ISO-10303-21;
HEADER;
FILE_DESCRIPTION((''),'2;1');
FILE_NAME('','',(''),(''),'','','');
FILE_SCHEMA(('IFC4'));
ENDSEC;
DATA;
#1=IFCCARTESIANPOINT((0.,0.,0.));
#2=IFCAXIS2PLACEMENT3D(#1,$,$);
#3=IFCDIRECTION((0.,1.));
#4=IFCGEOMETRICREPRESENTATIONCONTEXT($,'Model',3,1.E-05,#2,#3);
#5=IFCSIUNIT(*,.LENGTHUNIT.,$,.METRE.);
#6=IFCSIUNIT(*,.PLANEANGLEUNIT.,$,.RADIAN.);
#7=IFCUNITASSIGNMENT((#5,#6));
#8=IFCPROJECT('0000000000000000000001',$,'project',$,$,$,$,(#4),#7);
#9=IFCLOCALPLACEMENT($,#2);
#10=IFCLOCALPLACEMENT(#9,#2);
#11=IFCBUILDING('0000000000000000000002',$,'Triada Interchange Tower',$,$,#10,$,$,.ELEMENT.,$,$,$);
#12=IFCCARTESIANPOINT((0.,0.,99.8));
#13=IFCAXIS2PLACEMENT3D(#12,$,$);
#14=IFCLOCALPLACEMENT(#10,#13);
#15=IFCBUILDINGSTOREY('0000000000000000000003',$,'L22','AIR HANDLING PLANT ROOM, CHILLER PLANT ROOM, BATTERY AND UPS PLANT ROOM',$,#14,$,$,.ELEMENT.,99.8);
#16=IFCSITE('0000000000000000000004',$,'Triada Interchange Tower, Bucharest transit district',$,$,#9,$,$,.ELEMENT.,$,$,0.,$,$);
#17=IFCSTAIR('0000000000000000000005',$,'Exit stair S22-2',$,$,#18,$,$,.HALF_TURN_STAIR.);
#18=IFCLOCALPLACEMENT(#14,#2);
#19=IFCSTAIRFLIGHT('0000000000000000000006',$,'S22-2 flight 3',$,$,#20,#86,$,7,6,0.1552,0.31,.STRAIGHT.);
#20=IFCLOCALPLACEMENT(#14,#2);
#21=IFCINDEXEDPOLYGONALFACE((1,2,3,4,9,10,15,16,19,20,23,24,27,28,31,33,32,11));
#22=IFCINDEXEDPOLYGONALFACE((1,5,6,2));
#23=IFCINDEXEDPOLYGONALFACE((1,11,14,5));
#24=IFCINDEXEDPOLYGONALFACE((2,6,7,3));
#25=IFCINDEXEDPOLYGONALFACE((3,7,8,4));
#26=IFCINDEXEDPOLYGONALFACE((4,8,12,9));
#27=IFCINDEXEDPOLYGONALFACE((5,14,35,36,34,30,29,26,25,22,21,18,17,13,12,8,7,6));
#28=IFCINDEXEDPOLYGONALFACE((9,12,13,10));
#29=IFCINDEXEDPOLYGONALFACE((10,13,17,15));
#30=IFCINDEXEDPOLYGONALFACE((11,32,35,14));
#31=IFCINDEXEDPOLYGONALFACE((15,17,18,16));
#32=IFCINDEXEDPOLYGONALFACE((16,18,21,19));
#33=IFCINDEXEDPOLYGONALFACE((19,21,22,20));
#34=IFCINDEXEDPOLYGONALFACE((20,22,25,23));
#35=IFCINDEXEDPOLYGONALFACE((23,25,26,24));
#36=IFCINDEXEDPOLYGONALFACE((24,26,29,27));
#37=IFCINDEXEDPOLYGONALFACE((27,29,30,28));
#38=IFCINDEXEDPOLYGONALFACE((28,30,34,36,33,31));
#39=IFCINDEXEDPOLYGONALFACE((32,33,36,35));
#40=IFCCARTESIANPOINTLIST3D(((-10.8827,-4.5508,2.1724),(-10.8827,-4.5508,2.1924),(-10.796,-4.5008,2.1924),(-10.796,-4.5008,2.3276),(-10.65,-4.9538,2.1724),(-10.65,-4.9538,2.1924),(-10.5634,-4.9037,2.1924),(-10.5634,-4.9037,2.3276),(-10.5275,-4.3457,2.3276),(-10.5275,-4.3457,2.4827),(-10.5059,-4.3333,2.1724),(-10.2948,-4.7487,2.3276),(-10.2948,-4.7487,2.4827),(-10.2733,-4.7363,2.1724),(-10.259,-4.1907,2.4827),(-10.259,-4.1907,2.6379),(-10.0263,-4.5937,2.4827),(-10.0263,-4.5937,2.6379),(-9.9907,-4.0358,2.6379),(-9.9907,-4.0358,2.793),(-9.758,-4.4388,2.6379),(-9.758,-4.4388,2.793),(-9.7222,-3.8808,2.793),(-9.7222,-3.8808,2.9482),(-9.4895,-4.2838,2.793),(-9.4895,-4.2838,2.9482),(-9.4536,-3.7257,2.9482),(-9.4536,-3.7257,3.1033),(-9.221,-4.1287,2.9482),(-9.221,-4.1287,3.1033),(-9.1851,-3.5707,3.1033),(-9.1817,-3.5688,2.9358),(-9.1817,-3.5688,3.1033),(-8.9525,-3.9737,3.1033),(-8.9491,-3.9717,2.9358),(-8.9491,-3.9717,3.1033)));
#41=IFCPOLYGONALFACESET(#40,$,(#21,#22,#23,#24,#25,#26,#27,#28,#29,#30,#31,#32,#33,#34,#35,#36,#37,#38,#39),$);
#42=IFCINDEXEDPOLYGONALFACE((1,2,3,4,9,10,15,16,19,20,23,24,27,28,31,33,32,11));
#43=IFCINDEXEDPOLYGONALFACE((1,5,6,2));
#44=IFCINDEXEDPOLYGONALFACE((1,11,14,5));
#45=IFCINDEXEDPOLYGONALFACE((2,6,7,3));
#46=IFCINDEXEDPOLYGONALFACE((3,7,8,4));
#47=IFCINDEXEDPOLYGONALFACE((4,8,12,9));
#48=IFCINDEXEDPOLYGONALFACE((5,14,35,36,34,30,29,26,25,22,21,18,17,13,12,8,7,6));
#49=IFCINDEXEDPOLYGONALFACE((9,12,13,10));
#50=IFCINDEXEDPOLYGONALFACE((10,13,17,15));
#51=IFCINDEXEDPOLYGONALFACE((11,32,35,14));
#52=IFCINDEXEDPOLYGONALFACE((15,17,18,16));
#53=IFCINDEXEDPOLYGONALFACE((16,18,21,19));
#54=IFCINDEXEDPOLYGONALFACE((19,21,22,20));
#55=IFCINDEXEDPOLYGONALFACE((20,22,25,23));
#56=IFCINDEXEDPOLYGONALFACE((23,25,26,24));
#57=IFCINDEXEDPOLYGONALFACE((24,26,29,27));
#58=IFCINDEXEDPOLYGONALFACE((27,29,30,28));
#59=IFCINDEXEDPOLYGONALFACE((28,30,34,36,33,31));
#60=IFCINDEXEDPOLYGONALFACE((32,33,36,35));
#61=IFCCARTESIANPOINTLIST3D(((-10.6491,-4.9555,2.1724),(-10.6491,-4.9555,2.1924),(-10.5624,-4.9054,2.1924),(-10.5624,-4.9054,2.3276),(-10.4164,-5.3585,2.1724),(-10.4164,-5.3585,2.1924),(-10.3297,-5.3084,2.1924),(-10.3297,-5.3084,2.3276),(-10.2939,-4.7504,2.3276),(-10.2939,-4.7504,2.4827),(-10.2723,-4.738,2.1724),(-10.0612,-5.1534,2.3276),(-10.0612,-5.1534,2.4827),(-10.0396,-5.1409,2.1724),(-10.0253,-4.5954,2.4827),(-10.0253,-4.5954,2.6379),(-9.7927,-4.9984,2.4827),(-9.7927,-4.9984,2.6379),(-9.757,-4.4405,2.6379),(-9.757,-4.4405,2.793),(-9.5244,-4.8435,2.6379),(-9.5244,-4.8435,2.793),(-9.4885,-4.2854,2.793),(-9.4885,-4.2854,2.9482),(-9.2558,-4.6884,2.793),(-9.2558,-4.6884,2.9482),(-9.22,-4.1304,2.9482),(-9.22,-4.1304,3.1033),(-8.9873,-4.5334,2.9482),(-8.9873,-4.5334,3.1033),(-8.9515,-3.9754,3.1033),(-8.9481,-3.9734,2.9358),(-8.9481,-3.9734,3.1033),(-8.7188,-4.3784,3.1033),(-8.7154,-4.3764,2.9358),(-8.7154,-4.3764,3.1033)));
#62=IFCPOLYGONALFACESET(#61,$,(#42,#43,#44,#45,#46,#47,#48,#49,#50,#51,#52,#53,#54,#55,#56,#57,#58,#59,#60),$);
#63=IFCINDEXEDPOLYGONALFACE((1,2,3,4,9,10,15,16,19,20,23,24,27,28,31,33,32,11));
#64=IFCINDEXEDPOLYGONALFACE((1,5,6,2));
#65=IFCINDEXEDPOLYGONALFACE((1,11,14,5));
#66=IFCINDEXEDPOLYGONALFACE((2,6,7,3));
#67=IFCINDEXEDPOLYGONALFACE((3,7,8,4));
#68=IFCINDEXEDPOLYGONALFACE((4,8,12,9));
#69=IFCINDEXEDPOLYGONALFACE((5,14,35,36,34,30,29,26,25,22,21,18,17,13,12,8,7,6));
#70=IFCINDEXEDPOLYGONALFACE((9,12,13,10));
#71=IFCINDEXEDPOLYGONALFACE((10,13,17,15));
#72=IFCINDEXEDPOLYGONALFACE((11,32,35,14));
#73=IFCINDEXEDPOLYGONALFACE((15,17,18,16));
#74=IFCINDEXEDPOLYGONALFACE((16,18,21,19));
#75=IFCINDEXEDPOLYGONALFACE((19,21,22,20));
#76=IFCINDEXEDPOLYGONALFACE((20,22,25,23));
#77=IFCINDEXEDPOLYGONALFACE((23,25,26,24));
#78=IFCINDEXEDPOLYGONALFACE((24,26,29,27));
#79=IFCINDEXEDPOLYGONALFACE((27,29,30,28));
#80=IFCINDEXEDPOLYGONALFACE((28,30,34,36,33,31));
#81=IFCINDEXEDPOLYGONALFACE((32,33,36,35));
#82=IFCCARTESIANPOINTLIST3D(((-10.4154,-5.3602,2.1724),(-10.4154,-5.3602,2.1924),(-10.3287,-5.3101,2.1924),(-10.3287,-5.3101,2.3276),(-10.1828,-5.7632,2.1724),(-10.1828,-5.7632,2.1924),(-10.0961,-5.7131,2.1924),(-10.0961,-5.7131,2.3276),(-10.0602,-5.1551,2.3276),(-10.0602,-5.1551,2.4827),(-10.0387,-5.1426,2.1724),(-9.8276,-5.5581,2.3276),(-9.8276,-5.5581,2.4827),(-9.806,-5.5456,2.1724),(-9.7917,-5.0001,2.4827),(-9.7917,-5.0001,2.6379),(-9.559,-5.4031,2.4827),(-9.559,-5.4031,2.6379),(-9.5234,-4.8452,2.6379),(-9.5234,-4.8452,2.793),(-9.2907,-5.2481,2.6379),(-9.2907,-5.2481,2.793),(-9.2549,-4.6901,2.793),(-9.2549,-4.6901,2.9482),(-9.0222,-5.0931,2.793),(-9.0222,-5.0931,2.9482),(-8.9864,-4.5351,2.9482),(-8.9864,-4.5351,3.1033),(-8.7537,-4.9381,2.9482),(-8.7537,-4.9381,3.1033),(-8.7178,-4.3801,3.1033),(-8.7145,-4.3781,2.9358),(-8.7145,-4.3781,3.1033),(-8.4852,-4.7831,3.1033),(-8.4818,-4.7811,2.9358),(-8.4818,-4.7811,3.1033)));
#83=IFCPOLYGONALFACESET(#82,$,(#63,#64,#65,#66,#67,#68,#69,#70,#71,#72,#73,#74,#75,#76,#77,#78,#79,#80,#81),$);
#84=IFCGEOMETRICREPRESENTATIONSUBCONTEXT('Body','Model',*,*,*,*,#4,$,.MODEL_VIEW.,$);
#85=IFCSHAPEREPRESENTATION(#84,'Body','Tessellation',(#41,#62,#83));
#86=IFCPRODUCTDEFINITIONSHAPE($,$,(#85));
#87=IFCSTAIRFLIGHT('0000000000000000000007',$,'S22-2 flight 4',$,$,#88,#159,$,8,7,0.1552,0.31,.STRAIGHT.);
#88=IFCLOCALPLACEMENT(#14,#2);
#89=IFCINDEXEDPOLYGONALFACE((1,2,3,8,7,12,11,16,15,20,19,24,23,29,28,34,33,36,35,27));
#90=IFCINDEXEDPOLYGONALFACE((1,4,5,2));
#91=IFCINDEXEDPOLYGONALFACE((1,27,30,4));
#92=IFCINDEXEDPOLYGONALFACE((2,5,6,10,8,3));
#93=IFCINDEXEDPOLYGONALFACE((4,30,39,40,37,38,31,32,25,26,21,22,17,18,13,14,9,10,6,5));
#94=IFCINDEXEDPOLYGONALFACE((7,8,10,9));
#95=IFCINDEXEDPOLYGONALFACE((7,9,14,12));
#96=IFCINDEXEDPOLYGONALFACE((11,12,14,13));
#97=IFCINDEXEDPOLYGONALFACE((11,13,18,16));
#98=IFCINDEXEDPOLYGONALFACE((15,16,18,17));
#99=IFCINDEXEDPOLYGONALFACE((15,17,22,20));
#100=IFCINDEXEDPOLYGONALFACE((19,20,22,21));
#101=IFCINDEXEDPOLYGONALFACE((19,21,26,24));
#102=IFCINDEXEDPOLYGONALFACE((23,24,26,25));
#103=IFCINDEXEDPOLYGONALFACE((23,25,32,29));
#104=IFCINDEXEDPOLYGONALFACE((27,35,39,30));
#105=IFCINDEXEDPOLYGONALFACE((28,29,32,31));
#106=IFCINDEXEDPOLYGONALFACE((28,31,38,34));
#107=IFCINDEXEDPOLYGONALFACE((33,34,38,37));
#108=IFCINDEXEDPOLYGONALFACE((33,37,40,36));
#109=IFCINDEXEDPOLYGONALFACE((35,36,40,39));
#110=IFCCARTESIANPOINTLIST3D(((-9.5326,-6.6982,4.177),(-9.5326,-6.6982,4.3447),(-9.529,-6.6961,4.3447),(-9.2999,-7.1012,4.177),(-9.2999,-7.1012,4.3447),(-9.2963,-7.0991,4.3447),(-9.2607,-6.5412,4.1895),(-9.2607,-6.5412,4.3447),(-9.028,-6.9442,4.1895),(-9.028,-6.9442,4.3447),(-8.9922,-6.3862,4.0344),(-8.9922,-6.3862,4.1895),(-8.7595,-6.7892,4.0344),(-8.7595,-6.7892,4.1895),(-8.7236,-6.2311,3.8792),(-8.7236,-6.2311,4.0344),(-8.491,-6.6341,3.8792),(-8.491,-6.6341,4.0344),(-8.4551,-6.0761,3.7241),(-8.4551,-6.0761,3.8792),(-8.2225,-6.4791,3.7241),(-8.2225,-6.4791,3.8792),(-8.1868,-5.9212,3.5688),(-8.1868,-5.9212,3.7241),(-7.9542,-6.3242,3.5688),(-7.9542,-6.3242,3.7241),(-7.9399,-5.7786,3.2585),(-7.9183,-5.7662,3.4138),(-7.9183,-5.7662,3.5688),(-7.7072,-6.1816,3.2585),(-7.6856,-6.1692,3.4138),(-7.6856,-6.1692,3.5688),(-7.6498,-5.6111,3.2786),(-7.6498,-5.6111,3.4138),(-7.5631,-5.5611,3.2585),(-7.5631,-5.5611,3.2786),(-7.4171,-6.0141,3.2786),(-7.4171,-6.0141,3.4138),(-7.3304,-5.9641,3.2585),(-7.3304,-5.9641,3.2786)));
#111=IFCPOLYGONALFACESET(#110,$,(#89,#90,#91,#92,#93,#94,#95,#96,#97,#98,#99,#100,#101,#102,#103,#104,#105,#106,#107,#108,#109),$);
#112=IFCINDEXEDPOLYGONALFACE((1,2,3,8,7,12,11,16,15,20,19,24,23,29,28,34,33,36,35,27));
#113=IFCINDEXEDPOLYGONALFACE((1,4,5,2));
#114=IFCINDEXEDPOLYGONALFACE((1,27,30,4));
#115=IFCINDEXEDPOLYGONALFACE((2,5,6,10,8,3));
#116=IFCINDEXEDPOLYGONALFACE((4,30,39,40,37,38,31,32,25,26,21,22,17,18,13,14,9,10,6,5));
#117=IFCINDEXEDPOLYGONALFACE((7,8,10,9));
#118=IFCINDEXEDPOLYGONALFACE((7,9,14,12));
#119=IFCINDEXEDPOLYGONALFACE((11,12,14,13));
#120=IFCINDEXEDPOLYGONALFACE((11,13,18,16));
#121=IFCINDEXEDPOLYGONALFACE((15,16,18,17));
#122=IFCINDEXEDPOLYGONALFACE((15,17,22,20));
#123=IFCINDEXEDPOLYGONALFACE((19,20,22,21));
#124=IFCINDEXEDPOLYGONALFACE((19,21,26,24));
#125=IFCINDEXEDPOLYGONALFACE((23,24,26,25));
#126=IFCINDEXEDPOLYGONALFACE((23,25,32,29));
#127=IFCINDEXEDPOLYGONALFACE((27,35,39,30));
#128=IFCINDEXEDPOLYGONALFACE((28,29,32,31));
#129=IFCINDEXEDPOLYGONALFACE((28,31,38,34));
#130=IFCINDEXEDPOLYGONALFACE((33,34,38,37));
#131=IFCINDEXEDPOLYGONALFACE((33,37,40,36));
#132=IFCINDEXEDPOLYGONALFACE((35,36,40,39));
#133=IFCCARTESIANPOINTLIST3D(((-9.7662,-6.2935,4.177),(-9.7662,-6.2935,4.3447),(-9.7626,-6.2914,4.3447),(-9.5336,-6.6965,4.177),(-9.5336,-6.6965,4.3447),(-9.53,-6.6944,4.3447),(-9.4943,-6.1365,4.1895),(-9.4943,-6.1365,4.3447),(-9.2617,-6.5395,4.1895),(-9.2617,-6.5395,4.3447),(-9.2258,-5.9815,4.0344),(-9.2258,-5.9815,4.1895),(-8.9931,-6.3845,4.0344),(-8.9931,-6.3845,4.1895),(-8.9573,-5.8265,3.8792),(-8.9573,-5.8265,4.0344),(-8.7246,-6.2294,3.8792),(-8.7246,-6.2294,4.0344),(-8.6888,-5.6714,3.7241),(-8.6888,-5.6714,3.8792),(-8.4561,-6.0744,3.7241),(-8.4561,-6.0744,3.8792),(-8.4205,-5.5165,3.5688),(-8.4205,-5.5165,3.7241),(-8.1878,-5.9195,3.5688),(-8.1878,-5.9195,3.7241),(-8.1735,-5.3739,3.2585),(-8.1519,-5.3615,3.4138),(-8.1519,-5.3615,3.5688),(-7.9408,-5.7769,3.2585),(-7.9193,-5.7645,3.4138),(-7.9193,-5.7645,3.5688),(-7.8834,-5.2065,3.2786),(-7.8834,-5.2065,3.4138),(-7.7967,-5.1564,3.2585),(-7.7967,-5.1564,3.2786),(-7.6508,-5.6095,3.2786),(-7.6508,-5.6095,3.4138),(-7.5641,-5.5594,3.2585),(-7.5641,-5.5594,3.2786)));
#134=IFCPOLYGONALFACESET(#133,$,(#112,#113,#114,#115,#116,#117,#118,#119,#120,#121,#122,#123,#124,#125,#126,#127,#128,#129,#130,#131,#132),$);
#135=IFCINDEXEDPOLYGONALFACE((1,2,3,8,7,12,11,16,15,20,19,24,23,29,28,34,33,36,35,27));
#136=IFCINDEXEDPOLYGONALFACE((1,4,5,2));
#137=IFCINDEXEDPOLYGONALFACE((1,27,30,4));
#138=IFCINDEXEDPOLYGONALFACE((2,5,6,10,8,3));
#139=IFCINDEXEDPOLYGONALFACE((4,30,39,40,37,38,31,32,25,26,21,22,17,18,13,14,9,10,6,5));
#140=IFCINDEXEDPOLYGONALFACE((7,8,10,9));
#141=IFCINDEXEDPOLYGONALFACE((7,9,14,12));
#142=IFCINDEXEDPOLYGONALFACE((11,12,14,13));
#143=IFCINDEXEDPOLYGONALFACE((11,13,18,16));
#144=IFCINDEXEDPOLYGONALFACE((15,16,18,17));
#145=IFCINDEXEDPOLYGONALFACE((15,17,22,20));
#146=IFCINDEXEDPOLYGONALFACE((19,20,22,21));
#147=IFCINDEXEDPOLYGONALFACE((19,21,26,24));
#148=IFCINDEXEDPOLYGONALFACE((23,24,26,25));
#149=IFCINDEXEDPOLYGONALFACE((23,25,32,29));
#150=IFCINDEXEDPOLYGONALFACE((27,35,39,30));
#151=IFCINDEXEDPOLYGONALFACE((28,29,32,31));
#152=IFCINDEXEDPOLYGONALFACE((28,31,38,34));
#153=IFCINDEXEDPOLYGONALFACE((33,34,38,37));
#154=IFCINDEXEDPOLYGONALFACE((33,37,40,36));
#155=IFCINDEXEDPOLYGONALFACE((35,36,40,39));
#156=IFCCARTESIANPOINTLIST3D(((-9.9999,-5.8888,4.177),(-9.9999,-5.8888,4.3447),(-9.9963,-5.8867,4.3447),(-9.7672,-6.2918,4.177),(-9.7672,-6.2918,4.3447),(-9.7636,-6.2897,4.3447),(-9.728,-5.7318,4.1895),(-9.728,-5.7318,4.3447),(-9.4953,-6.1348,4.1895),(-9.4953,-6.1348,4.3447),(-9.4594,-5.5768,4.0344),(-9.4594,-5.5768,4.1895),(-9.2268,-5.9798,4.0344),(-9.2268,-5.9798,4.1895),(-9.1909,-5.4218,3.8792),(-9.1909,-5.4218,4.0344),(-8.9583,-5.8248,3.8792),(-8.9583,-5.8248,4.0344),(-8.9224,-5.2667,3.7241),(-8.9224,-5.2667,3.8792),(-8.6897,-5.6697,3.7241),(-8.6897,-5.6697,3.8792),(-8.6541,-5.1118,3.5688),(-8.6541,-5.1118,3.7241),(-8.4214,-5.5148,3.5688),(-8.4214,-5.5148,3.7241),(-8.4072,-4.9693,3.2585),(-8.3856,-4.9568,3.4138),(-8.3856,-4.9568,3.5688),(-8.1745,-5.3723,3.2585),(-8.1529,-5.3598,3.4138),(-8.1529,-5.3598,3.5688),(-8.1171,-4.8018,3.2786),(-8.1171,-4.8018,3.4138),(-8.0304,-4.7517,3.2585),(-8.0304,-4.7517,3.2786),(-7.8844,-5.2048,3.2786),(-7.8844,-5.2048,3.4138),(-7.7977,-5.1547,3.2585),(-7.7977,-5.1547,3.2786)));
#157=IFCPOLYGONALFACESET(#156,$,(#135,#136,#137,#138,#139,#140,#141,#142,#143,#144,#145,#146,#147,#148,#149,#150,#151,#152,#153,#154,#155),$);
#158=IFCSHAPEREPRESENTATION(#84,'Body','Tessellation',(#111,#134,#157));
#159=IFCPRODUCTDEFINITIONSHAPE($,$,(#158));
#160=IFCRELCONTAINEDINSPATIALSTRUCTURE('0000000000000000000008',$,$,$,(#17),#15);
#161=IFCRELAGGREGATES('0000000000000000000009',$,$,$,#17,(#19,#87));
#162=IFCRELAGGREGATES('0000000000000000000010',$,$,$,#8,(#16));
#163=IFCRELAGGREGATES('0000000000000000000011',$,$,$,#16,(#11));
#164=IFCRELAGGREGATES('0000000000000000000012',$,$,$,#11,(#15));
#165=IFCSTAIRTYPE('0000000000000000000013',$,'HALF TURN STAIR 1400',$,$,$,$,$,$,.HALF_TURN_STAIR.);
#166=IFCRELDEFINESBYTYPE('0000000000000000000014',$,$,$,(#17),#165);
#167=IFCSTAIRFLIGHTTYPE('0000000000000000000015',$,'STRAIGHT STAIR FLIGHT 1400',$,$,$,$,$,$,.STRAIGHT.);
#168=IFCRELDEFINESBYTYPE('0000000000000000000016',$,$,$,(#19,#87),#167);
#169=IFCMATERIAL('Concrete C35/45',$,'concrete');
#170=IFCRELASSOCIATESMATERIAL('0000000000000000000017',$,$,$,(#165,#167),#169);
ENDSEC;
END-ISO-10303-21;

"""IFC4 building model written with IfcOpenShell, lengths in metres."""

from ifc_helpers import new_model, si_unit, direction, frame, origin, place, context, subcontext, project, spatial, polyline, outline, extrude, material, type_object, element, aggregate, save


model = new_model("IFC4")

# Units and contexts
model_context = context("Model", 3, precision=1e-05, world=origin(), true_north=direction((0.0, 1.0)))
body_context = subcontext(model_context, "Body", "Model", "MODEL_VIEW")
ifc_project = project(units=[si_unit("LENGTHUNIT", "METRE"), si_unit("PLANEANGLEUNIT", "RADIAN")], contexts=[model_context])

# Site, building, storey
site_placement = place(None, origin())
site = spatial("IfcSite", under=ifc_project, at=site_placement, Name="Triada Interchange Tower, Bucharest transit district", CompositionType="ELEMENT", RefElevation=0.0)
building_placement = place(site_placement, origin())
building = spatial("IfcBuilding", under=site, at=building_placement, Name="Triada Interchange Tower", CompositionType="ELEMENT")
storey_placement = place(building_placement, frame((0.0, 0.0, 99.8)))
storey = spatial("IfcBuildingStorey", under=building, at=storey_placement, Name="L22", Description="AIR HANDLING PLANT ROOM, CHILLER PLANT ROOM, BATTERY AND UPS PLANT ROOM", CompositionType="ELEMENT", Elevation=99.8)

# Shared definitions
ifc_material_1 = material(Name="Concrete C35/45", Category="concrete")

# Stair, stair flights
stair_type = type_object("IfcStairType", Name="HALF TURN STAIR 1400", PredefinedType="HALF_TURN_STAIR", material=ifc_material_1)
stair_placement = place(storey_placement, origin())
stair = element("IfcStair", 1, at=stair_placement, inside=storey, type_object=stair_type, Name="Exit stair S22-2", PredefinedType="HALF_TURN_STAIR")
stair_flight_type = type_object("IfcStairFlightType", Name="STRAIGHT STAIR FLIGHT 1400", PredefinedType="STRAIGHT", material=ifc_material_1)
stair_flight_1_placement = place(storey_placement, frame((-10.446, -5.1069, 2.1724), z_axis=(0.0, 0.0, 1.0), x_axis=(0.866025, 0.5, 0.0)))
stair_flight_1 = element("IfcStairFlight", 2, at=stair_flight_1_placement, type_object=stair_flight_type, Name="S22-2 flight 3", NumberOfRisers=7, NumberOfTreads=6, PredefinedType="STRAIGHT", RiserHeight=0.1552, TreadLength=0.31, context=body_context, shape_type="SweptSolid", body=[
    extrude(outline(polyline([(-0.1001, 0.0), (-0.1001, 0.02), (0.0, 0.02), (0.0, 0.1553), (0.3101, 0.1553), (0.3101, 0.3103), (0.6201, 0.3103), (0.6201, 0.4656), (0.9299, 0.4656), (0.9299, 0.6206), (1.24, 0.6206), (1.24, 0.7759), (1.55, 0.7759), (1.55, 0.9309), (1.8601, 0.9309), (1.864, 0.9309), (1.864, 1.0862), (1.864, 0.7634), (0.335, 0.0), (-0.1001, 0.0)])), frame((0.0, 0.7, 0.0), z_axis=(0.0, -1.0, 0.0), x_axis=(1.0, 0.0, 0.0)), (0.0, 0.0, 1.0), 0.4653),
    extrude(outline(polyline([(-0.1001, 0.0), (-0.1001, 0.02), (0.0, 0.02), (0.0, 0.1553), (0.3101, 0.1553), (0.3101, 0.3103), (0.6201, 0.3103), (0.6201, 0.4656), (0.9299, 0.4656), (0.9299, 0.6206), (1.24, 0.6206), (1.24, 0.7759), (1.55, 0.7759), (1.55, 0.9309), (1.8601, 0.9309), (1.864, 0.9309), (1.864, 1.0862), (1.864, 0.7634), (0.335, 0.0), (-0.1001, 0.0)])), frame((0.0, 0.2327, 0.0), z_axis=(0.0, -1.0, 0.0), x_axis=(1.0, 0.0, 0.0)), (0.0, 0.0, 1.0), 0.4653),
    extrude(outline(polyline([(-0.1001, 0.0), (-0.1001, 0.02), (0.0, 0.02), (0.0, 0.1553), (0.3101, 0.1553), (0.3101, 0.3103), (0.6201, 0.3103), (0.6201, 0.4656), (0.9299, 0.4656), (0.9299, 0.6206), (1.24, 0.6206), (1.24, 0.7759), (1.55, 0.7759), (1.55, 0.9309), (1.8601, 0.9309), (1.864, 0.9309), (1.864, 1.0862), (1.864, 0.7634), (0.335, 0.0), (-0.1001, 0.0)])), frame((0.0, -0.2346, 0.0), z_axis=(0.0, -1.0, 0.0), x_axis=(1.0, 0.0, 0.0)), (0.0, 0.0, 1.0), 0.4653),
])
stair_flight_2_placement = place(storey_placement, frame((-7.7671, -5.408, 3.2585), z_axis=(0.0, 0.0, 1.0), x_axis=(-0.866025, -0.5, 0.0)))
stair_flight_2 = element("IfcStairFlight", 3, at=stair_flight_2_placement, type_object=stair_flight_type, Name="S22-2 flight 4", NumberOfRisers=8, NumberOfTreads=7, PredefinedType="STRAIGHT", RiserHeight=0.1552, TreadLength=0.31, context=body_context, shape_type="SweptSolid", body=[
    extrude(outline(polyline([(-0.1001, 0.0), (-0.1001, 0.02), (0.0, 0.02), (0.0, 0.1553), (0.3101, 0.1553), (0.3101, 0.3103), (0.6201, 0.3103), (0.6201, 0.4656), (0.9299, 0.4656), (0.9299, 0.6206), (1.24, 0.6206), (1.24, 0.7759), (1.55, 0.7759), (1.55, 0.9309), (1.8601, 0.9309), (1.8601, 1.0862), (2.1699, 1.0862), (2.1741, 1.0862), (2.1741, 1.2415), (2.1741, 0.9185), (0.335, 0.0), (-0.1001, 0.0)])), frame((0.0, 0.7, 0.0), z_axis=(0.0, -1.0, 0.0), x_axis=(1.0, 0.0, 0.0)), (0.0, 0.0, 1.0), 0.4653),
    extrude(outline(polyline([(-0.1001, 0.0), (-0.1001, 0.02), (0.0, 0.02), (0.0, 0.1553), (0.3101, 0.1553), (0.3101, 0.3103), (0.6201, 0.3103), (0.6201, 0.4656), (0.9299, 0.4656), (0.9299, 0.6206), (1.24, 0.6206), (1.24, 0.7759), (1.55, 0.7759), (1.55, 0.9309), (1.8601, 0.9309), (1.8601, 1.0862), (2.1699, 1.0862), (2.1741, 1.0862), (2.1741, 1.2415), (2.1741, 0.9185), (0.335, 0.0), (-0.1001, 0.0)])), frame((0.0, 0.2327, 0.0), z_axis=(0.0, -1.0, 0.0), x_axis=(1.0, 0.0, 0.0)), (0.0, 0.0, 1.0), 0.4653),
    extrude(outline(polyline([(-0.1001, 0.0), (-0.1001, 0.02), (0.0, 0.02), (0.0, 0.1553), (0.3101, 0.1553), (0.3101, 0.3103), (0.6201, 0.3103), (0.6201, 0.4656), (0.9299, 0.4656), (0.9299, 0.6206), (1.24, 0.6206), (1.24, 0.7759), (1.55, 0.7759), (1.55, 0.9309), (1.8601, 0.9309), (1.8601, 1.0862), (2.1699, 1.0862), (2.1741, 1.0862), (2.1741, 1.2415), (2.1741, 0.9185), (0.335, 0.0), (-0.1001, 0.0)])), frame((0.0, -0.2346, 0.0), z_axis=(0.0, -1.0, 0.0), x_axis=(1.0, 0.0, 0.0)), (0.0, 0.0, 1.0), 0.4653),
])
aggregate(stair, [stair_flight_1, stair_flight_2])

save(model, "model.ifc")
